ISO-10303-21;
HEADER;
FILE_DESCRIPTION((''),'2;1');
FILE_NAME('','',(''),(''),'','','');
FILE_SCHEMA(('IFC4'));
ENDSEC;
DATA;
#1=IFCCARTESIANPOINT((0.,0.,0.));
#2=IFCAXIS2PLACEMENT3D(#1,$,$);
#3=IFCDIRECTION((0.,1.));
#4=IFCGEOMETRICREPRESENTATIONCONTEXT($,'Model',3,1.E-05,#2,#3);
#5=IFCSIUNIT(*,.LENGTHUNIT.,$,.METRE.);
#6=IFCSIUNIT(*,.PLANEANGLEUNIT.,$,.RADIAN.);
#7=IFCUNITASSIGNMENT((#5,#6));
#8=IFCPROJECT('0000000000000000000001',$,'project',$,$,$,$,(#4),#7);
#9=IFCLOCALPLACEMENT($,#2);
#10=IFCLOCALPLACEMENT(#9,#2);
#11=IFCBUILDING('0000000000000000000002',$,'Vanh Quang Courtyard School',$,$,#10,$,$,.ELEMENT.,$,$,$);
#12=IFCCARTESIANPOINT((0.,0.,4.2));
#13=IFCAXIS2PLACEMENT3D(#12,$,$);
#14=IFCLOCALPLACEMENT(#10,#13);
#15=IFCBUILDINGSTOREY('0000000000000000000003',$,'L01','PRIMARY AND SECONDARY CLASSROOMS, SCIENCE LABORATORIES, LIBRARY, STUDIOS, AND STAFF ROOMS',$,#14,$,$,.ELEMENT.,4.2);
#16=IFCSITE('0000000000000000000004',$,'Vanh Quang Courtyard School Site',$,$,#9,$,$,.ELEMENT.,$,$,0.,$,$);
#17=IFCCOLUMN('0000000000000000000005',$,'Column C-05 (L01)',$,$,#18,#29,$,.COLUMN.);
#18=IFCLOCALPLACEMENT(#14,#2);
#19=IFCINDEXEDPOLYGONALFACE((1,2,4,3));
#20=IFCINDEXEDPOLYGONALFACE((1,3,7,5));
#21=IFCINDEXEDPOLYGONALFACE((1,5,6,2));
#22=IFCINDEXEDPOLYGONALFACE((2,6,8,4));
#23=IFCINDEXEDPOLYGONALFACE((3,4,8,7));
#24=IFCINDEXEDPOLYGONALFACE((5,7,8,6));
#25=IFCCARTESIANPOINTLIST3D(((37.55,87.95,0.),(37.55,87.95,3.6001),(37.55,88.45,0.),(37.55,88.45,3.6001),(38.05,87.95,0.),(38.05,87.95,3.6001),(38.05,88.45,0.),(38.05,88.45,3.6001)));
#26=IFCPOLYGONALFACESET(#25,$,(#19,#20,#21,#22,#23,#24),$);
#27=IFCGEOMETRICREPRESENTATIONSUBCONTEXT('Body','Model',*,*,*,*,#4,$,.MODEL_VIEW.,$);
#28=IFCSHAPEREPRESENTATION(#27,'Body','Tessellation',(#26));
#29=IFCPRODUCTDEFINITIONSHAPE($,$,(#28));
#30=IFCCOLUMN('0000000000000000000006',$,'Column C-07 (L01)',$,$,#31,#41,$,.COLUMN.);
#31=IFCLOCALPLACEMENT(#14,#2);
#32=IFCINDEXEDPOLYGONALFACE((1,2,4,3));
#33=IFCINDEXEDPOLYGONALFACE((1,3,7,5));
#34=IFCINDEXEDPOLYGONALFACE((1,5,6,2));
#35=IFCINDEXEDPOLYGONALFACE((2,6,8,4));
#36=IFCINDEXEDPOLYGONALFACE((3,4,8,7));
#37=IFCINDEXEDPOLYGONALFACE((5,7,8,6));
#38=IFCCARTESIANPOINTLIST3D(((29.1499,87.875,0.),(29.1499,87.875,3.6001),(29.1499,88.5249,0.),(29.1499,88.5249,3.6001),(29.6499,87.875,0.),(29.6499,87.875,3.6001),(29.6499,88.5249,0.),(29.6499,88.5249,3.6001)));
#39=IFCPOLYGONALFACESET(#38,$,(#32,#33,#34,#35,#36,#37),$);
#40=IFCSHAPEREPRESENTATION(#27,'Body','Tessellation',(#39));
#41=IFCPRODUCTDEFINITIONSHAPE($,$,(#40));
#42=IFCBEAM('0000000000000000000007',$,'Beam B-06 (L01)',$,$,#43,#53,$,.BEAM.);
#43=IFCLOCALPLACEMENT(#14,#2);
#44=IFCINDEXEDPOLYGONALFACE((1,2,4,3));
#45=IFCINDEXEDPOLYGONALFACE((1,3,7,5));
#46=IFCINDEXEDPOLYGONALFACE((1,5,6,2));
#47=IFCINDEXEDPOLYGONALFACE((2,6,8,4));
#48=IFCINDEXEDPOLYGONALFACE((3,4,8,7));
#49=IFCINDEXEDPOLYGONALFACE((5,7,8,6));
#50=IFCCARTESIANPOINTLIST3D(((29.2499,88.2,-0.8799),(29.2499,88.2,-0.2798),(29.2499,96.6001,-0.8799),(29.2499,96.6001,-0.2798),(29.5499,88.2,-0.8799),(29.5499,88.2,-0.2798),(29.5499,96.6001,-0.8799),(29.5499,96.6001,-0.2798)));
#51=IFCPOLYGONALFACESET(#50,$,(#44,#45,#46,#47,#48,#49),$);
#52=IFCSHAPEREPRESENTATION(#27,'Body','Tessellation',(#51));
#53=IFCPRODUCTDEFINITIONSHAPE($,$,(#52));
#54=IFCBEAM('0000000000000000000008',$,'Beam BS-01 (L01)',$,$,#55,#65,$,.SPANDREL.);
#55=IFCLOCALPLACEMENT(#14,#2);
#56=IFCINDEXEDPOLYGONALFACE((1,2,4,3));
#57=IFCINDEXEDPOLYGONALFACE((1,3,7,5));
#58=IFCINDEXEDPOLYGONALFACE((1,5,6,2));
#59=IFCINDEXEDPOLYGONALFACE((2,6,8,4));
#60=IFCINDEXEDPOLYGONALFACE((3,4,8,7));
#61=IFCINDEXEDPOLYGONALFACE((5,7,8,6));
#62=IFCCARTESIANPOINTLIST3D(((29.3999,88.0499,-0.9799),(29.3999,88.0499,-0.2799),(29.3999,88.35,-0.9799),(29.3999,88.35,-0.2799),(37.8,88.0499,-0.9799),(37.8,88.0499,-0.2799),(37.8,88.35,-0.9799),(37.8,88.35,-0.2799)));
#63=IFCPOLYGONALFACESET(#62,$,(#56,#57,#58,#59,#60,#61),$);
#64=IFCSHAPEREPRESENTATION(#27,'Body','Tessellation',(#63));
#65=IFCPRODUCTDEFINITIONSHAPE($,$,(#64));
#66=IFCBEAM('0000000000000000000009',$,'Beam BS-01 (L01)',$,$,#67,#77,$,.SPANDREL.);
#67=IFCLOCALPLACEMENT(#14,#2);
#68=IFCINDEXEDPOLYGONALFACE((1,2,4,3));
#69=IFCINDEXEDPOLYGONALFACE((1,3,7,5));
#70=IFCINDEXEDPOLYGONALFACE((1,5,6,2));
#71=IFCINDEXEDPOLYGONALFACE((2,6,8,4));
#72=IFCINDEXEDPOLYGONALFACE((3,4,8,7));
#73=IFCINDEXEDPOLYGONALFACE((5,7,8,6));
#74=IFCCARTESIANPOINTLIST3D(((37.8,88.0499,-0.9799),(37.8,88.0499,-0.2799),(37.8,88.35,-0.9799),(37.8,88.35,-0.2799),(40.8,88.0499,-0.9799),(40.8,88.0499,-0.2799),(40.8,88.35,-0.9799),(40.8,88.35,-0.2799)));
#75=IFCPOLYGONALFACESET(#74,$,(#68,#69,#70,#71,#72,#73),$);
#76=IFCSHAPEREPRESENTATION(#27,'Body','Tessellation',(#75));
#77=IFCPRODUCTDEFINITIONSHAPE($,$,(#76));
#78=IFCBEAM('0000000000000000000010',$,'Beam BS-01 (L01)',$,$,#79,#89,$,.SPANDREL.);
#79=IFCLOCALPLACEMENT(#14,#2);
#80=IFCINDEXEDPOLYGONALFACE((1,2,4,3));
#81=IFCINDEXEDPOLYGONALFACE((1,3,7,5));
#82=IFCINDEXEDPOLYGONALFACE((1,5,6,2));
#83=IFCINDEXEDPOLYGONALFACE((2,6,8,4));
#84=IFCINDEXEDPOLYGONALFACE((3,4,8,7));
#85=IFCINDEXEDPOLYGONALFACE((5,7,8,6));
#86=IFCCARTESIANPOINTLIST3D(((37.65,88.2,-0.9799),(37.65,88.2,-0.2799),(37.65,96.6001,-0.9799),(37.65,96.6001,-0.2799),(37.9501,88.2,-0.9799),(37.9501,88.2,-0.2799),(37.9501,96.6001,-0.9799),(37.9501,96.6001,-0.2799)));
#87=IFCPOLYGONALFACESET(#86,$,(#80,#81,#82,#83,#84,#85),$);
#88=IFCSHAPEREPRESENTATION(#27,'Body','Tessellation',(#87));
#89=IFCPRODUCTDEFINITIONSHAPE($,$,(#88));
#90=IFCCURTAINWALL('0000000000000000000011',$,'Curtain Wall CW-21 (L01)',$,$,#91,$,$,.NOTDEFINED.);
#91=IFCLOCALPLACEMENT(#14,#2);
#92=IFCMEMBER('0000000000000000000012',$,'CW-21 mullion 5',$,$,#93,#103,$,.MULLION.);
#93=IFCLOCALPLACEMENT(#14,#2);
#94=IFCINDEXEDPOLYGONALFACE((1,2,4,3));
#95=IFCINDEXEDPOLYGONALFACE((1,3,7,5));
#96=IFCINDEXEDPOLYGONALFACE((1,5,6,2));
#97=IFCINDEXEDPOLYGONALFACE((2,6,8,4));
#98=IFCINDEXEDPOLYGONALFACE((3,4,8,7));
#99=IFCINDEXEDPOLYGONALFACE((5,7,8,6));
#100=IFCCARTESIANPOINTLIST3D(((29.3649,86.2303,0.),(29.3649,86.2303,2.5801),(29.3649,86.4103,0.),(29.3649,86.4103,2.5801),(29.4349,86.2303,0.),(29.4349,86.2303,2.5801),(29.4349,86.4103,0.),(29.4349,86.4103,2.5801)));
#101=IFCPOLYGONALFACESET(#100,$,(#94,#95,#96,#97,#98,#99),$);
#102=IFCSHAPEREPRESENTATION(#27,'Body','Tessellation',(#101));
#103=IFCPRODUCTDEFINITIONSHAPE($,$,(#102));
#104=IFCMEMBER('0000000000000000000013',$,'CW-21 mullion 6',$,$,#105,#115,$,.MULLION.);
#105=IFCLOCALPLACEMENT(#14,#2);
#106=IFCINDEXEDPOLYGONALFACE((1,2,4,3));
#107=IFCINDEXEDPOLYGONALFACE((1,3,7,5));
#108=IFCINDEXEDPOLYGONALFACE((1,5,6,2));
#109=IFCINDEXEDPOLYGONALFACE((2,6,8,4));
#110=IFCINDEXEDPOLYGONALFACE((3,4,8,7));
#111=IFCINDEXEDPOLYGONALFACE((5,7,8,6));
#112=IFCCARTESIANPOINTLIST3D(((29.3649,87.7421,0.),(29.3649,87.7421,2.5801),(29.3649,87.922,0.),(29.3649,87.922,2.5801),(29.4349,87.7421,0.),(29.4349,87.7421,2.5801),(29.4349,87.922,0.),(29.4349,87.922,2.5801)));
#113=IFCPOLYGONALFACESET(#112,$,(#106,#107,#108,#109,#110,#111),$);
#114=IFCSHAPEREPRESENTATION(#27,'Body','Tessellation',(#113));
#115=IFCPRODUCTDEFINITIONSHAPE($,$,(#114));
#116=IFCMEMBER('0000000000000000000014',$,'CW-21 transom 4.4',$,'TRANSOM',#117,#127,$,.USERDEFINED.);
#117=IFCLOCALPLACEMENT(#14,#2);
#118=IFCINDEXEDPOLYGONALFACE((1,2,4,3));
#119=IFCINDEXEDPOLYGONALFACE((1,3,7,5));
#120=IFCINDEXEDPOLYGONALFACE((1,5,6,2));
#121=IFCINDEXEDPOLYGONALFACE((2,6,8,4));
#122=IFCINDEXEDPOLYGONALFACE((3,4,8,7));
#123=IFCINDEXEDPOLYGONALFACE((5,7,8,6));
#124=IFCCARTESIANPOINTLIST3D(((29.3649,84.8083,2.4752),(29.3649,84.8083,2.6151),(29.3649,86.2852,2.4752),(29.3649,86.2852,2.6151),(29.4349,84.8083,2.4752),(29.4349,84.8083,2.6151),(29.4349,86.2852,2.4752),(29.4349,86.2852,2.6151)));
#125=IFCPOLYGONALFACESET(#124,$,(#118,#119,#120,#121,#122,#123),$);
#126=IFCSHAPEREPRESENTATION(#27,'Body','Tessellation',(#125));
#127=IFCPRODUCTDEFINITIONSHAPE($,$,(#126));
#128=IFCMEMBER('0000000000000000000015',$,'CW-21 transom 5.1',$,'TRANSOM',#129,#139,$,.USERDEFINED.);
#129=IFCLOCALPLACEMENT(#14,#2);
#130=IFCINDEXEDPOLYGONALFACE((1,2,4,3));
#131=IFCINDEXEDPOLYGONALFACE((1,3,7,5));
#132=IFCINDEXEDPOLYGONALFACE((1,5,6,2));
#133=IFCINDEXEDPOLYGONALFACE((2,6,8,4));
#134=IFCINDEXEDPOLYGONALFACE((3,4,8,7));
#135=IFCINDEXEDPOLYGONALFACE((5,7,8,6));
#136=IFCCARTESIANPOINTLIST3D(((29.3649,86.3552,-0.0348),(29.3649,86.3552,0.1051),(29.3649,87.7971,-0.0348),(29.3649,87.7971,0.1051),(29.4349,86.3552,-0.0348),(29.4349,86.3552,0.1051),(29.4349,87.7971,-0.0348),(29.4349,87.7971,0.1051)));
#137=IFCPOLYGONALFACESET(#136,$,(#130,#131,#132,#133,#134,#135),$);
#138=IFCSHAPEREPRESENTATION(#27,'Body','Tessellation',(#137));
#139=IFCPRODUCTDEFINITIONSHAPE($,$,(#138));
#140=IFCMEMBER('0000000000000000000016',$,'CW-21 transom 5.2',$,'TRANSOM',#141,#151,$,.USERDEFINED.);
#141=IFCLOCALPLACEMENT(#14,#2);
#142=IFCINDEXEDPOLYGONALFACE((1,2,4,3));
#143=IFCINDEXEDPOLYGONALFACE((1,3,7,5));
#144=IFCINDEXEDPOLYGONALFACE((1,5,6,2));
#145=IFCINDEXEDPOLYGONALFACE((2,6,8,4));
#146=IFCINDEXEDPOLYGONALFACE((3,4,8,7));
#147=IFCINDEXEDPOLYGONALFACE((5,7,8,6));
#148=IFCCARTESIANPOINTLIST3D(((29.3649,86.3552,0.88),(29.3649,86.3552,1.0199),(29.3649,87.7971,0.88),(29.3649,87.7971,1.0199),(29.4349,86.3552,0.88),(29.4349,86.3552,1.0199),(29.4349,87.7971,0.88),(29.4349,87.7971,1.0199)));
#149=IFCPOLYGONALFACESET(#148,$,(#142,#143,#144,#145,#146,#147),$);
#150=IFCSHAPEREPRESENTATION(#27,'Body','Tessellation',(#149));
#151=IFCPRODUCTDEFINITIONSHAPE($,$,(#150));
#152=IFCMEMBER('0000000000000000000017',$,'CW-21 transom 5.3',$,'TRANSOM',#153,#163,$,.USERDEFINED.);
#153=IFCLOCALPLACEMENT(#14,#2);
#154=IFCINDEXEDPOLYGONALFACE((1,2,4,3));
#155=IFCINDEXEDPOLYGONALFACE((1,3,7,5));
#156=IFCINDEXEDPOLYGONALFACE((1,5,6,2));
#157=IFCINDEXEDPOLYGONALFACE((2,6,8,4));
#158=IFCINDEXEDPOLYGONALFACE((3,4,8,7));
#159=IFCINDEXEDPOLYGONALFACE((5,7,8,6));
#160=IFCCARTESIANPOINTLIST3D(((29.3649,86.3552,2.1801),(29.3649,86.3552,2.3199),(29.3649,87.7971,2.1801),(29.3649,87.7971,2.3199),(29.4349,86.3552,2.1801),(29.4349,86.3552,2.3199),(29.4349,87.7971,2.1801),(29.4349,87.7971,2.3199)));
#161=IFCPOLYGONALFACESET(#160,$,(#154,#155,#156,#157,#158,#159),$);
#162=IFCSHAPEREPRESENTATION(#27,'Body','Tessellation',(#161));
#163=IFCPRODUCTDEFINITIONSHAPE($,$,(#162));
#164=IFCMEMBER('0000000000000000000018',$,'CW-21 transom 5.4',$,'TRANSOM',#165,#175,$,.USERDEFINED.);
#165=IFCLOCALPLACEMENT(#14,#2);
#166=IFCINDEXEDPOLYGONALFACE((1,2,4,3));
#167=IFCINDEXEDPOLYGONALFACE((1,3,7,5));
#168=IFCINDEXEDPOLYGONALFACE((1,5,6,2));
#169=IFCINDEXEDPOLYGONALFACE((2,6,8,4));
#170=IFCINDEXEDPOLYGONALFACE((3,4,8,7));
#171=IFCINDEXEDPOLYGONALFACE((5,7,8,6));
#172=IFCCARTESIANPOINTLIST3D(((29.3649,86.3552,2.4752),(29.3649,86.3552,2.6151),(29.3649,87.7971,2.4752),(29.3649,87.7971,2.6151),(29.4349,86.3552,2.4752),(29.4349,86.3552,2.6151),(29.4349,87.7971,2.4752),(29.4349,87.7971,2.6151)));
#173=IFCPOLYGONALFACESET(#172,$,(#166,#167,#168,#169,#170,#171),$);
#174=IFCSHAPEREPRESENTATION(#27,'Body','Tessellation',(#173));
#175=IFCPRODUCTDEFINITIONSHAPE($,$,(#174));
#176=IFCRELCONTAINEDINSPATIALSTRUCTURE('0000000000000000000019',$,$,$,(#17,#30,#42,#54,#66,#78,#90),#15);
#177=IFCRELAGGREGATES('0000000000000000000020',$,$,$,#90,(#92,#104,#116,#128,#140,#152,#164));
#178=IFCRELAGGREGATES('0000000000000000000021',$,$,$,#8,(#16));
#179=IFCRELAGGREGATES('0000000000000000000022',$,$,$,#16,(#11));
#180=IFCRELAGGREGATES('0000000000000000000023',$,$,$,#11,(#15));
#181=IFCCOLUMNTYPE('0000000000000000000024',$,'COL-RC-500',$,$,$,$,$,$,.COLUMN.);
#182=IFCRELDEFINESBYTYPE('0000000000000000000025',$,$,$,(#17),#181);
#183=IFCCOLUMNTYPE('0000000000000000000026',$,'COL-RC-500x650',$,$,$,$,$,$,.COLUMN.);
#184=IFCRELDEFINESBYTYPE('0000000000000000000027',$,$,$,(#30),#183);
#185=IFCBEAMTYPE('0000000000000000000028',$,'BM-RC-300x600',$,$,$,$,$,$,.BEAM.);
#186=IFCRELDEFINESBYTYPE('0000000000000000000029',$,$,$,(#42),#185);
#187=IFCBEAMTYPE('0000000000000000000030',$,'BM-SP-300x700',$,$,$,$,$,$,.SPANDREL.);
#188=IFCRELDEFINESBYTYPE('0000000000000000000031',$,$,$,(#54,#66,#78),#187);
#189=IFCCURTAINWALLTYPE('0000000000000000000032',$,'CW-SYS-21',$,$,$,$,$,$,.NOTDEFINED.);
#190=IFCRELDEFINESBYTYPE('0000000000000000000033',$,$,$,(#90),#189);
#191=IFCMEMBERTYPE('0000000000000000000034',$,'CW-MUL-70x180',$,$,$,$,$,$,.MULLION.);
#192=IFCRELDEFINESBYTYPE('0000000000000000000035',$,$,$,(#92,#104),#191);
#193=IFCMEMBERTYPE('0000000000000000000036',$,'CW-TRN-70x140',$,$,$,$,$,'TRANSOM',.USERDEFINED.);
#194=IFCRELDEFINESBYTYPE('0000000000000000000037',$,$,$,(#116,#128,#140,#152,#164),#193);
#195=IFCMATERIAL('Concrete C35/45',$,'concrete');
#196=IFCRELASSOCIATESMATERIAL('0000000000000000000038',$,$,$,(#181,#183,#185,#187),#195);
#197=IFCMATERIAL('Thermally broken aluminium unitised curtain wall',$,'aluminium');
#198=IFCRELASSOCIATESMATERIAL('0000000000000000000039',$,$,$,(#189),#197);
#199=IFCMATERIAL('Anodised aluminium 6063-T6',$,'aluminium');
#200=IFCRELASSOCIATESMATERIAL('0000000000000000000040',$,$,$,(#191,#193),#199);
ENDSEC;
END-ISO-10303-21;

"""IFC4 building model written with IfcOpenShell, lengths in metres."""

from ifc_helpers import new_model, si_unit, direction, frame, origin, origin_2d, place, context, subcontext, project, spatial, rectangle, extrude, material, material_profile, profile_set, type_object, element, aggregate, save


model = new_model("IFC4")

# Units and contexts
model_context = context("Model", 3, precision=1e-05, world=origin(), true_north=direction((0.0, 1.0)))
body_context = subcontext(model_context, "Body", "Model", "MODEL_VIEW")
ifc_project = project(units=[si_unit("LENGTHUNIT", "METRE"), si_unit("PLANEANGLEUNIT", "RADIAN")], contexts=[model_context])

# Site, building, storey
site_placement = place(None, origin())
site = spatial("IfcSite", under=ifc_project, at=site_placement, Name="Vanh Quang Courtyard School Site", CompositionType="ELEMENT", RefElevation=0.0)
building_placement = place(site_placement, origin())
building = spatial("IfcBuilding", under=site, at=building_placement, Name="Vanh Quang Courtyard School", CompositionType="ELEMENT")
storey_placement = place(building_placement, frame((0.0, 0.0, 4.2)))
storey = spatial("IfcBuildingStorey", under=building, at=storey_placement, Name="L01", Description="PRIMARY AND SECONDARY CLASSROOMS, SCIENCE LABORATORIES, LIBRARY, STUDIOS, AND STAFF ROOMS", CompositionType="ELEMENT", Elevation=4.2)

# Columns
ifc_material_1 = material(Name="Concrete C35/45", Category="concrete")
ifc_material_profile_1 = material_profile(ifc_material_1, rectangle(XDim=0.5, YDim=0.5, at=origin_2d()), Name="RC-COL 500x500")
ifc_profile_set_1 = profile_set([ifc_material_profile_1], Name="Concrete C35/45")
column_type_1 = type_object("IfcColumnType", Name="COL-RC-500", PredefinedType="COLUMN", material=ifc_profile_set_1)
column_1_placement = place(storey_placement, frame((37.8, 88.2, 0.0), z_axis=(0.0, 0.0, 1.0), x_axis=(1.0, 0.0, 0.0)))
element("IfcColumn", 1, at=column_1_placement, inside=storey, type_object=column_type_1, Name="Column C-05 (L01)", PredefinedType="COLUMN", context=body_context, shape_type="SweptSolid", body=[
    extrude(rectangle(XDim=0.5, YDim=0.5, at=origin_2d()), origin(), (0.0, 0.0, 1.0), 3.6001),
])
ifc_material_profile_2 = material_profile(ifc_material_1, rectangle(XDim=0.5, YDim=0.6499, at=origin_2d()), Name="RC-COL 500x650")
ifc_profile_set_2 = profile_set([ifc_material_profile_2], Name="Concrete C35/45")
column_type_2 = type_object("IfcColumnType", Name="COL-RC-500x650", PredefinedType="COLUMN", material=ifc_profile_set_2)
column_2_placement = place(storey_placement, frame((29.3999, 88.2, 0.0), z_axis=(0.0, 0.0, 1.0), x_axis=(1.0, 0.0, 0.0)))
element("IfcColumn", 2, at=column_2_placement, inside=storey, type_object=column_type_2, Name="Column C-07 (L01)", PredefinedType="COLUMN", context=body_context, shape_type="SweptSolid", body=[
    extrude(rectangle(XDim=0.5, YDim=0.6499, at=origin_2d()), origin(), (0.0, 0.0, 1.0), 3.6001),
])

# Beams
ifc_material_profile_3 = material_profile(ifc_material_1, rectangle(XDim=0.3, YDim=0.6001, at=origin_2d()), Name="RC-BM 300x600")
ifc_profile_set_3 = profile_set([ifc_material_profile_3], Name="Concrete C35/45")
beam_type_1 = type_object("IfcBeamType", Name="BM-RC-300x600", PredefinedType="BEAM", material=ifc_profile_set_3)
beam_1_placement = place(storey_placement, frame((29.3999, 88.2, -0.5798), z_axis=(0.0, 1.0, 0.0), x_axis=(-1.0, 0.0, 0.0)))
element("IfcBeam", 3, at=beam_1_placement, inside=storey, type_object=beam_type_1, Name="Beam B-06 (L01)", PredefinedType="BEAM", context=body_context, shape_type="SweptSolid", body=[
    extrude(rectangle(XDim=0.3, YDim=0.6001, at=origin_2d()), origin(), (0.0, 0.0, 1.0), 8.4001),
])
ifc_material_profile_4 = material_profile(ifc_material_1, rectangle(XDim=0.3, YDim=0.7, at=origin_2d()), Name="RC-SP 300x700")
ifc_profile_set_4 = profile_set([ifc_material_profile_4], Name="Concrete C35/45")
beam_type_2 = type_object("IfcBeamType", Name="BM-SP-300x700", PredefinedType="SPANDREL", material=ifc_profile_set_4)
beam_2_placement = place(storey_placement, frame((29.3999, 88.2, -0.6299), z_axis=(1.0, 0.0, 0.0), x_axis=(0.0, 1.0, 0.0)))
element("IfcBeam", 4, at=beam_2_placement, inside=storey, type_object=beam_type_2, Name="Beam BS-01 (L01)", PredefinedType="SPANDREL", context=body_context, shape_type="SweptSolid", body=[
    extrude(rectangle(XDim=0.3, YDim=0.7, at=origin_2d()), origin(), (0.0, 0.0, 1.0), 8.4001),
])
beam_3_placement = place(storey_placement, frame((37.8, 88.2, -0.6299), z_axis=(1.0, 0.0, 0.0), x_axis=(0.0, 1.0, 0.0)))
element("IfcBeam", 5, at=beam_3_placement, inside=storey, type_object=beam_type_2, Name="Beam BS-01 (L01)", PredefinedType="SPANDREL", context=body_context, shape_type="SweptSolid", body=[
    extrude(rectangle(XDim=0.3, YDim=0.7, at=origin_2d()), origin(), (0.0, 0.0, 1.0), 3.0),
])
beam_4_placement = place(storey_placement, frame((37.8, 88.2, -0.6299), z_axis=(0.0, 1.0, 0.0), x_axis=(-1.0, 0.0, 0.0)))
element("IfcBeam", 6, at=beam_4_placement, inside=storey, type_object=beam_type_2, Name="Beam BS-01 (L01)", PredefinedType="SPANDREL", context=body_context, shape_type="SweptSolid", body=[
    extrude(rectangle(XDim=0.3, YDim=0.7, at=origin_2d()), origin(), (0.0, 0.0, 1.0), 8.4001),
])

# Curtain wall, members
ifc_material_2 = material(Name="Thermally broken aluminium unitised curtain wall", Category="aluminium")
curtain_wall_type = type_object("IfcCurtainWallType", Name="CW-SYS-21", PredefinedType="NOTDEFINED", material=ifc_material_2)
curtain_wall_placement = place(storey_placement, origin())
curtain_wall = element("IfcCurtainWall", 7, at=curtain_wall_placement, inside=storey, type_object=curtain_wall_type, Name="Curtain Wall CW-21 (L01)", PredefinedType="NOTDEFINED")
ifc_material_3 = material(Name="Anodised aluminium 6063-T6", Category="aluminium")
ifc_material_profile_5 = material_profile(ifc_material_3, rectangle(XDim=0.0701, YDim=0.1799, at=origin_2d()), Name="ALU-MUL 70x180")
ifc_profile_set_5 = profile_set([ifc_material_profile_5], Name="Anodised aluminium 6063-T6")
member_type_1 = type_object("IfcMemberType", Name="CW-MUL-70x180", PredefinedType="MULLION", material=ifc_profile_set_5)
member_1_placement = place(storey_placement, frame((29.3999, 86.3203, 0.0), z_axis=(0.0, 0.0, 1.0), x_axis=(-1.0, 0.0, 0.0)))
member_1 = element("IfcMember", 8, at=member_1_placement, type_object=member_type_1, Name="CW-21 mullion 5", PredefinedType="MULLION", context=body_context, shape_type="SweptSolid", body=[
    extrude(rectangle(XDim=0.0701, YDim=0.1799, at=origin_2d()), origin(), (0.0, 0.0, 1.0), 2.5801),
])
member_2_placement = place(storey_placement, frame((29.3999, 87.832, 0.0), z_axis=(0.0, 0.0, 1.0), x_axis=(-1.0, 0.0, 0.0)))
member_2 = element("IfcMember", 9, at=member_2_placement, type_object=member_type_1, Name="CW-21 mullion 6", PredefinedType="MULLION", context=body_context, shape_type="SweptSolid", body=[
    extrude(rectangle(XDim=0.0701, YDim=0.1799, at=origin_2d()), origin(), (0.0, 0.0, 1.0), 2.5801),
])
ifc_material_profile_6 = material_profile(ifc_material_3, rectangle(XDim=0.0701, YDim=0.1399, at=origin_2d()), Name="ALU-TRN 70x140")
ifc_profile_set_6 = profile_set([ifc_material_profile_6], Name="Anodised aluminium 6063-T6")
member_type_2 = type_object("IfcMemberType", Name="CW-TRN-70x140", ElementType="TRANSOM", PredefinedType="USERDEFINED", material=ifc_profile_set_6)
member_3_placement = place(storey_placement, frame((29.3999, 84.8083, 2.5452), z_axis=(0.0, 1.0, 0.0), x_axis=(-1.0, 0.0, 0.0)))
member_3 = element("IfcMember", 10, at=member_3_placement, type_object=member_type_2, Name="CW-21 transom 4.4", ObjectType="TRANSOM", PredefinedType="USERDEFINED", context=body_context, shape_type="SweptSolid", body=[
    extrude(rectangle(XDim=0.0701, YDim=0.1399, at=origin_2d()), origin(), (0.0, 0.0, 1.0), 1.4768),
])
member_4_placement = place(storey_placement, frame((29.3999, 86.3552, 0.0352), z_axis=(0.0, 1.0, 0.0), x_axis=(-1.0, 0.0, 0.0)))
member_4 = element("IfcMember", 11, at=member_4_placement, type_object=member_type_2, Name="CW-21 transom 5.1", ObjectType="TRANSOM", PredefinedType="USERDEFINED", context=body_context, shape_type="SweptSolid", body=[
    extrude(rectangle(XDim=0.0701, YDim=0.1399, at=origin_2d()), origin(), (0.0, 0.0, 1.0), 1.4419),
])
member_5_placement = place(storey_placement, frame((29.3999, 86.3552, 0.95), z_axis=(0.0, 1.0, 0.0), x_axis=(-1.0, 0.0, 0.0)))
member_5 = element("IfcMember", 12, at=member_5_placement, type_object=member_type_2, Name="CW-21 transom 5.2", ObjectType="TRANSOM", PredefinedType="USERDEFINED", context=body_context, shape_type="SweptSolid", body=[
    extrude(rectangle(XDim=0.0701, YDim=0.1399, at=origin_2d()), origin(), (0.0, 0.0, 1.0), 1.4419),
])
member_6_placement = place(storey_placement, frame((29.3999, 86.3552, 2.25), z_axis=(0.0, 1.0, 0.0), x_axis=(-1.0, 0.0, 0.0)))
member_6 = element("IfcMember", 13, at=member_6_placement, type_object=member_type_2, Name="CW-21 transom 5.3", ObjectType="TRANSOM", PredefinedType="USERDEFINED", context=body_context, shape_type="SweptSolid", body=[
    extrude(rectangle(XDim=0.0701, YDim=0.1399, at=origin_2d()), origin(), (0.0, 0.0, 1.0), 1.4419),
])
member_7_placement = place(storey_placement, frame((29.3999, 86.3552, 2.5452), z_axis=(0.0, 1.0, 0.0), x_axis=(-1.0, 0.0, 0.0)))
member_7 = element("IfcMember", 14, at=member_7_placement, type_object=member_type_2, Name="CW-21 transom 5.4", ObjectType="TRANSOM", PredefinedType="USERDEFINED", context=body_context, shape_type="SweptSolid", body=[
    extrude(rectangle(XDim=0.0701, YDim=0.1399, at=origin_2d()), origin(), (0.0, 0.0, 1.0), 1.4419),
])

aggregate(curtain_wall, [member_1, member_2, member_3, member_4, member_5, member_6, member_7])

save(model, "model.ifc")
